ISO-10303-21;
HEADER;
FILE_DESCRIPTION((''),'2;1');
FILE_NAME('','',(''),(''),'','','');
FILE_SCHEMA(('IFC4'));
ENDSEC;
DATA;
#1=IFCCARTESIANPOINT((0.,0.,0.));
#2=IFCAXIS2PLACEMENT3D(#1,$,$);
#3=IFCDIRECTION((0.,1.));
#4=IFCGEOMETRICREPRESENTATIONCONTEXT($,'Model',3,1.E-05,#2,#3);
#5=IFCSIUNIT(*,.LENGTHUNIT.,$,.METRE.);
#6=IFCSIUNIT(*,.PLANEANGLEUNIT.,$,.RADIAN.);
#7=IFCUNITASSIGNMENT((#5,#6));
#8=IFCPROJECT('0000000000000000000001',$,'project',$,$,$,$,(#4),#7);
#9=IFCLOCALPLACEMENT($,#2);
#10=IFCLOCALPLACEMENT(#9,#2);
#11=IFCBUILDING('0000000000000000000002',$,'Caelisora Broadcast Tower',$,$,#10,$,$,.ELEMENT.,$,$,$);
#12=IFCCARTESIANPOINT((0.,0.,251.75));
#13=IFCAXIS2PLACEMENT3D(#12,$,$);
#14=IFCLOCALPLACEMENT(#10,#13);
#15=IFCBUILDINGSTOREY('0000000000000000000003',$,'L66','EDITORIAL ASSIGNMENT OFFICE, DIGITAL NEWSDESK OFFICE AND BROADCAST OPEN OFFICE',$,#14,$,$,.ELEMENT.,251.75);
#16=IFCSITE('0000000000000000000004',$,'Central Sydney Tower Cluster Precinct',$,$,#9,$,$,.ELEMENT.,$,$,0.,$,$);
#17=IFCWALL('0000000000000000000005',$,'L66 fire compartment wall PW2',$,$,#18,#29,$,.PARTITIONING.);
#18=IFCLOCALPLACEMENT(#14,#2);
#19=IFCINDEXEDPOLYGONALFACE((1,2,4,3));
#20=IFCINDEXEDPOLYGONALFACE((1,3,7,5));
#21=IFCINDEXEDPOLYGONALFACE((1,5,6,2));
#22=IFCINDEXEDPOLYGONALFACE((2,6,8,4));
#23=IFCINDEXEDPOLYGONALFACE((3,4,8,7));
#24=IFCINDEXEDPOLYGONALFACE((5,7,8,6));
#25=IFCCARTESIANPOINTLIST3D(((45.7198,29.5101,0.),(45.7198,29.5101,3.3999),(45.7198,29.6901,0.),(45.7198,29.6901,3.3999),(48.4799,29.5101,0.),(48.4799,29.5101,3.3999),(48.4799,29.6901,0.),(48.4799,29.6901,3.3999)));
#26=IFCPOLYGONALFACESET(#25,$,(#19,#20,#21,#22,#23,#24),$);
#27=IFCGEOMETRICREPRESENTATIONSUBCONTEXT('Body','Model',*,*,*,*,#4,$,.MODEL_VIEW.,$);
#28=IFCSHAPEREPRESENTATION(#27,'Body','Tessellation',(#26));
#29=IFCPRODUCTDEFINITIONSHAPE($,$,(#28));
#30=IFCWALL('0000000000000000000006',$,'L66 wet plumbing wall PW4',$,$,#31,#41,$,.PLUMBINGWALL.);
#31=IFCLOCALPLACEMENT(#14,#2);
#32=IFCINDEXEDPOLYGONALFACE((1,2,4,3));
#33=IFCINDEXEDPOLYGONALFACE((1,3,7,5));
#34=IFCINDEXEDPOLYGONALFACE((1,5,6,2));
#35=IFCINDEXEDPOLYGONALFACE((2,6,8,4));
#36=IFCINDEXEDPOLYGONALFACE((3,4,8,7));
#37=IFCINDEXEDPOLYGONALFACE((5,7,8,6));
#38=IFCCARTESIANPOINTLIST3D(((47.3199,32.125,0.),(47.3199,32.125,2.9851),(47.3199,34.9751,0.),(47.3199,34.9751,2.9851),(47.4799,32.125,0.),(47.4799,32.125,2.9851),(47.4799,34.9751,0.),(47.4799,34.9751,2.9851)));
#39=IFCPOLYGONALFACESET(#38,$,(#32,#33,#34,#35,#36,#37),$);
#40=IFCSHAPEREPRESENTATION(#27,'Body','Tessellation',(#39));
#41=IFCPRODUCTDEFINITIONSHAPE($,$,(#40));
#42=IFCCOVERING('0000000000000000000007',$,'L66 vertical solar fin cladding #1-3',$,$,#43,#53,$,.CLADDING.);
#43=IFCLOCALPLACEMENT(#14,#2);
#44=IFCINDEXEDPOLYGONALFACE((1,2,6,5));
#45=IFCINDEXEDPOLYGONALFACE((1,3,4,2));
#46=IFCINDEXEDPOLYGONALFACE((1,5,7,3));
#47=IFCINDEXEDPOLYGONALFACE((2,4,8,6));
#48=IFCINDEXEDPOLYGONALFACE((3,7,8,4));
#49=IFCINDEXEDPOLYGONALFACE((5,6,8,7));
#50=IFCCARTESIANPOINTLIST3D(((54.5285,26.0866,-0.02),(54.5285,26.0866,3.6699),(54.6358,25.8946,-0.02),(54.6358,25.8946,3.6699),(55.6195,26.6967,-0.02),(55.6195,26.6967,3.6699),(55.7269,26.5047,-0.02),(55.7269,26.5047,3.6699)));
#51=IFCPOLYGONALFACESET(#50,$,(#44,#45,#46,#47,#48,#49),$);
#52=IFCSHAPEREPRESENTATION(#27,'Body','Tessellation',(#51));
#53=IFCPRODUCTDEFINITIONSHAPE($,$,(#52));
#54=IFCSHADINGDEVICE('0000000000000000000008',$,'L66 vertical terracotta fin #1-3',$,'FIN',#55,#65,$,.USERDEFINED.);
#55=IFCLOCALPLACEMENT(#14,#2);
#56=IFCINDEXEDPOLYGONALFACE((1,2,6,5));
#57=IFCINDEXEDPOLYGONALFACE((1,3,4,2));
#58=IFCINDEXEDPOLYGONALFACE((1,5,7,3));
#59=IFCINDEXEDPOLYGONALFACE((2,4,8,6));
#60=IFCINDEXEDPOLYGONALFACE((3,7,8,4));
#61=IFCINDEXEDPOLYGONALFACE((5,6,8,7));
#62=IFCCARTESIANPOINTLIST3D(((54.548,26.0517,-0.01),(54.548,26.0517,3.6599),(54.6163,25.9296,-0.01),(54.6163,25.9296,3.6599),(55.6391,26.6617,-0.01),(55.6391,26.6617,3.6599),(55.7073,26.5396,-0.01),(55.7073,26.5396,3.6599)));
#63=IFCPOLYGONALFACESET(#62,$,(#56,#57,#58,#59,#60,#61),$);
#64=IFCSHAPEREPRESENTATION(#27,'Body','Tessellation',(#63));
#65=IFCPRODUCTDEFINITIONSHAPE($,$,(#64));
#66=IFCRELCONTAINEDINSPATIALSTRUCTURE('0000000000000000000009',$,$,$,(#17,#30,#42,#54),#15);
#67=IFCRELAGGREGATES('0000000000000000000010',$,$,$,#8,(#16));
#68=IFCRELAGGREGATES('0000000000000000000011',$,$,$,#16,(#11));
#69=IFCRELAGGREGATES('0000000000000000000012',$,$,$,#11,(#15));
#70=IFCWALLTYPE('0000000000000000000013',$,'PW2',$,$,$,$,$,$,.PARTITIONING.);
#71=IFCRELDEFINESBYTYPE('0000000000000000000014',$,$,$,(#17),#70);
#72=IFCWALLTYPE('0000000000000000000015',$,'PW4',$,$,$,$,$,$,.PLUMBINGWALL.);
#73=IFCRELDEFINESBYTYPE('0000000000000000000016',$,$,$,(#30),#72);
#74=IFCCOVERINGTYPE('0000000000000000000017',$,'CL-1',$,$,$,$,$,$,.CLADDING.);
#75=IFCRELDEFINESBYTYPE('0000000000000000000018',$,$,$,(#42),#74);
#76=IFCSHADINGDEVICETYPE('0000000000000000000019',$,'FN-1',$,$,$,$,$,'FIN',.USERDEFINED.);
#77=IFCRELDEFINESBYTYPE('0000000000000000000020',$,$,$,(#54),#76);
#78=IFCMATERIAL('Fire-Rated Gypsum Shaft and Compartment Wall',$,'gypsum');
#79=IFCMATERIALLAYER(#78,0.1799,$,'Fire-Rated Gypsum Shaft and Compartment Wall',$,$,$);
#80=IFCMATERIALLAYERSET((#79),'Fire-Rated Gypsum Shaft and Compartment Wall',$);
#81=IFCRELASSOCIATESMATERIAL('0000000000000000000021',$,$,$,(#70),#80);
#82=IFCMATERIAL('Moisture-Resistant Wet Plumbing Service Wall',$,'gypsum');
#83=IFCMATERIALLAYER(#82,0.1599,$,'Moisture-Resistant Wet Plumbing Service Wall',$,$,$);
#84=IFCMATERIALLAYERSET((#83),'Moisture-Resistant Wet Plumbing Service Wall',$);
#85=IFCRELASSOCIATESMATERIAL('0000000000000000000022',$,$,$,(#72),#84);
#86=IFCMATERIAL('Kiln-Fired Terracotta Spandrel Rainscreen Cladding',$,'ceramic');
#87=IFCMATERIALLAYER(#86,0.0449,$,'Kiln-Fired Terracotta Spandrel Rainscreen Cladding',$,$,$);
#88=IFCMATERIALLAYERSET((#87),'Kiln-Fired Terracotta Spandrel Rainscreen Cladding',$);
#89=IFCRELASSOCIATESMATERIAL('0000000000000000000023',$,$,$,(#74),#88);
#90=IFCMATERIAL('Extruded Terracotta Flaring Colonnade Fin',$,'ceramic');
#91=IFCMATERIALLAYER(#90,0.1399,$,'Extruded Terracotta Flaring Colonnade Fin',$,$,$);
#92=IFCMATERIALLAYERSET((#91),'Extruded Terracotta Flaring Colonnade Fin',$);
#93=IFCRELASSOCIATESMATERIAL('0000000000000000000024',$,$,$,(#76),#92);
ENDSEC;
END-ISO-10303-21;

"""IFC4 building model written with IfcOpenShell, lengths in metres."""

from ifc_helpers import new_model, si_unit, direction, frame, frame_2d, origin, origin_2d, place, context, subcontext, project, spatial, rectangle, extrude, source, transform, mapped, material, layer, layer_set, type_object, type_shapes, element, save


model = new_model("IFC4")

# Units and contexts
model_context = context("Model", 3, precision=1e-05, world=origin(), true_north=direction((0.0, 1.0)))
body_context = subcontext(model_context, "Body", "Model", "MODEL_VIEW")
ifc_project = project(units=[si_unit("LENGTHUNIT", "METRE"), si_unit("PLANEANGLEUNIT", "RADIAN")], contexts=[model_context])

# Site, building, storey
site_placement = place(None, origin())
site = spatial("IfcSite", under=ifc_project, at=site_placement, Name="Central Sydney Tower Cluster Precinct", CompositionType="ELEMENT", RefElevation=0.0)
building_placement = place(site_placement, origin())
building = spatial("IfcBuilding", under=site, at=building_placement, Name="Caelisora Broadcast Tower", CompositionType="ELEMENT")
storey_placement = place(building_placement, frame((0.0, 0.0, 251.75)))
storey = spatial("IfcBuildingStorey", under=building, at=storey_placement, Name="L66", Description="EDITORIAL ASSIGNMENT OFFICE, DIGITAL NEWSDESK OFFICE AND BROADCAST OPEN OFFICE", CompositionType="ELEMENT", Elevation=251.75)

# Shared definitions
ifc_material_1 = material(Name="Fire-Rated Gypsum Shaft and Compartment Wall", Category="gypsum")
ifc_layer_1 = layer(ifc_material_1, 0.1799, Name="Fire-Rated Gypsum Shaft and Compartment Wall")
ifc_layer_set_1 = layer_set([ifc_layer_1], Name="Fire-Rated Gypsum Shaft and Compartment Wall")
wall_type_1 = type_object("IfcWallType", Name="PW2", PredefinedType="PARTITIONING", material=ifc_layer_set_1)

# Walls
wall_1_placement = place(storey_placement, frame((45.72, 29.6001, 0.0), z_axis=(0.0, 0.0, 1.0), x_axis=(1.0, 0.0, 0.0)))
element("IfcWall", 1, at=wall_1_placement, inside=storey, type_object=wall_type_1, Name="L66 fire compartment wall PW2", PredefinedType="PARTITIONING", context=body_context, shape_type="SweptSolid", body=[
    extrude(rectangle(XDim=2.76, YDim=0.1799, at=frame_2d((1.3799, 0.0))), origin(), (0.0, 0.0, 1.0), 3.3999),
])
ifc_material_2 = material(Name="Moisture-Resistant Wet Plumbing Service Wall", Category="gypsum")
ifc_layer_2 = layer(ifc_material_2, 0.1599, Name="Moisture-Resistant Wet Plumbing Service Wall")
ifc_layer_set_2 = layer_set([ifc_layer_2], Name="Moisture-Resistant Wet Plumbing Service Wall")
wall_type_2 = type_object("IfcWallType", Name="PW4", PredefinedType="PLUMBINGWALL", material=ifc_layer_set_2)
wall_2_placement = place(storey_placement, frame((47.3999, 32.125, 0.0), z_axis=(0.0, 0.0, 1.0), x_axis=(0.0, 1.0, 0.0)))
element("IfcWall", 2, at=wall_2_placement, inside=storey, type_object=wall_type_2, Name="L66 wet plumbing wall PW4", PredefinedType="PLUMBINGWALL", context=body_context, shape_type="SweptSolid", body=[
    extrude(rectangle(XDim=2.8501, YDim=0.1599, at=frame_2d((1.425, 0.0))), origin(), (0.0, 0.0, 1.0), 2.9851),
])

# Covering
ifc_material_3 = material(Name="Kiln-Fired Terracotta Spandrel Rainscreen Cladding", Category="ceramic")
ifc_layer_3 = layer(ifc_material_3, 0.0449, Name="Kiln-Fired Terracotta Spandrel Rainscreen Cladding")
ifc_layer_set_3 = layer_set([ifc_layer_3], Name="Kiln-Fired Terracotta Spandrel Rainscreen Cladding")
covering_type = type_object("IfcCoveringType", Name="CL-1", PredefinedType="CLADDING", material=ifc_layer_set_3)
shared_shape_1 = source(origin(), body_context, "Body", "SweptSolid", [
    extrude(rectangle(XDim=0.22, YDim=1.25, at=origin_2d()), origin(), (0.0, 0.0, 1.0), 3.6899),
])
type_shapes(covering_type, [shared_shape_1])
covering_placement = place(storey_placement, frame((55.1277, 26.2957, -0.02), z_axis=(0.0, 0.0, 1.0), x_axis=(0.488012, -0.872837, 0.0)))
element("IfcCovering", 3, at=covering_placement, inside=storey, type_object=covering_type, Name="L66 vertical solar fin cladding #1-3", PredefinedType="CLADDING", context=body_context, shape_type="MappedRepresentation", body=[
    mapped(shared_shape_1, transform((0.0, 0.0, 0.0), scale=1.0)),
])

# Shading device
ifc_material_4 = material(Name="Extruded Terracotta Flaring Colonnade Fin", Category="ceramic")
ifc_layer_4 = layer(ifc_material_4, 0.1399, Name="Extruded Terracotta Flaring Colonnade Fin")
ifc_layer_set_4 = layer_set([ifc_layer_4], Name="Extruded Terracotta Flaring Colonnade Fin")
shading_device_type = type_object("IfcShadingDeviceType", Name="FN-1", ElementType="FIN", PredefinedType="USERDEFINED", material=ifc_layer_set_4)
shared_shape_2 = source(origin(), body_context, "Body", "SweptSolid", [
    extrude(rectangle(XDim=0.1399, YDim=1.25, at=origin_2d()), origin(), (0.0, 0.0, 1.0), 3.6699),
])
type_shapes(shading_device_type, [shared_shape_2])
shading_device_placement = place(storey_placement, frame((55.1277, 26.2957, -0.01), z_axis=(0.0, 0.0, 1.0), x_axis=(0.488012, -0.872837, 0.0)))
element("IfcShadingDevice", 4, at=shading_device_placement, inside=storey, type_object=shading_device_type, Name="L66 vertical terracotta fin #1-3", ObjectType="FIN", PredefinedType="USERDEFINED", context=body_context, shape_type="MappedRepresentation", body=[
    mapped(shared_shape_2, transform((0.0, 0.0, 0.0), scale=1.0)),
])

save(model, "model.ifc")
